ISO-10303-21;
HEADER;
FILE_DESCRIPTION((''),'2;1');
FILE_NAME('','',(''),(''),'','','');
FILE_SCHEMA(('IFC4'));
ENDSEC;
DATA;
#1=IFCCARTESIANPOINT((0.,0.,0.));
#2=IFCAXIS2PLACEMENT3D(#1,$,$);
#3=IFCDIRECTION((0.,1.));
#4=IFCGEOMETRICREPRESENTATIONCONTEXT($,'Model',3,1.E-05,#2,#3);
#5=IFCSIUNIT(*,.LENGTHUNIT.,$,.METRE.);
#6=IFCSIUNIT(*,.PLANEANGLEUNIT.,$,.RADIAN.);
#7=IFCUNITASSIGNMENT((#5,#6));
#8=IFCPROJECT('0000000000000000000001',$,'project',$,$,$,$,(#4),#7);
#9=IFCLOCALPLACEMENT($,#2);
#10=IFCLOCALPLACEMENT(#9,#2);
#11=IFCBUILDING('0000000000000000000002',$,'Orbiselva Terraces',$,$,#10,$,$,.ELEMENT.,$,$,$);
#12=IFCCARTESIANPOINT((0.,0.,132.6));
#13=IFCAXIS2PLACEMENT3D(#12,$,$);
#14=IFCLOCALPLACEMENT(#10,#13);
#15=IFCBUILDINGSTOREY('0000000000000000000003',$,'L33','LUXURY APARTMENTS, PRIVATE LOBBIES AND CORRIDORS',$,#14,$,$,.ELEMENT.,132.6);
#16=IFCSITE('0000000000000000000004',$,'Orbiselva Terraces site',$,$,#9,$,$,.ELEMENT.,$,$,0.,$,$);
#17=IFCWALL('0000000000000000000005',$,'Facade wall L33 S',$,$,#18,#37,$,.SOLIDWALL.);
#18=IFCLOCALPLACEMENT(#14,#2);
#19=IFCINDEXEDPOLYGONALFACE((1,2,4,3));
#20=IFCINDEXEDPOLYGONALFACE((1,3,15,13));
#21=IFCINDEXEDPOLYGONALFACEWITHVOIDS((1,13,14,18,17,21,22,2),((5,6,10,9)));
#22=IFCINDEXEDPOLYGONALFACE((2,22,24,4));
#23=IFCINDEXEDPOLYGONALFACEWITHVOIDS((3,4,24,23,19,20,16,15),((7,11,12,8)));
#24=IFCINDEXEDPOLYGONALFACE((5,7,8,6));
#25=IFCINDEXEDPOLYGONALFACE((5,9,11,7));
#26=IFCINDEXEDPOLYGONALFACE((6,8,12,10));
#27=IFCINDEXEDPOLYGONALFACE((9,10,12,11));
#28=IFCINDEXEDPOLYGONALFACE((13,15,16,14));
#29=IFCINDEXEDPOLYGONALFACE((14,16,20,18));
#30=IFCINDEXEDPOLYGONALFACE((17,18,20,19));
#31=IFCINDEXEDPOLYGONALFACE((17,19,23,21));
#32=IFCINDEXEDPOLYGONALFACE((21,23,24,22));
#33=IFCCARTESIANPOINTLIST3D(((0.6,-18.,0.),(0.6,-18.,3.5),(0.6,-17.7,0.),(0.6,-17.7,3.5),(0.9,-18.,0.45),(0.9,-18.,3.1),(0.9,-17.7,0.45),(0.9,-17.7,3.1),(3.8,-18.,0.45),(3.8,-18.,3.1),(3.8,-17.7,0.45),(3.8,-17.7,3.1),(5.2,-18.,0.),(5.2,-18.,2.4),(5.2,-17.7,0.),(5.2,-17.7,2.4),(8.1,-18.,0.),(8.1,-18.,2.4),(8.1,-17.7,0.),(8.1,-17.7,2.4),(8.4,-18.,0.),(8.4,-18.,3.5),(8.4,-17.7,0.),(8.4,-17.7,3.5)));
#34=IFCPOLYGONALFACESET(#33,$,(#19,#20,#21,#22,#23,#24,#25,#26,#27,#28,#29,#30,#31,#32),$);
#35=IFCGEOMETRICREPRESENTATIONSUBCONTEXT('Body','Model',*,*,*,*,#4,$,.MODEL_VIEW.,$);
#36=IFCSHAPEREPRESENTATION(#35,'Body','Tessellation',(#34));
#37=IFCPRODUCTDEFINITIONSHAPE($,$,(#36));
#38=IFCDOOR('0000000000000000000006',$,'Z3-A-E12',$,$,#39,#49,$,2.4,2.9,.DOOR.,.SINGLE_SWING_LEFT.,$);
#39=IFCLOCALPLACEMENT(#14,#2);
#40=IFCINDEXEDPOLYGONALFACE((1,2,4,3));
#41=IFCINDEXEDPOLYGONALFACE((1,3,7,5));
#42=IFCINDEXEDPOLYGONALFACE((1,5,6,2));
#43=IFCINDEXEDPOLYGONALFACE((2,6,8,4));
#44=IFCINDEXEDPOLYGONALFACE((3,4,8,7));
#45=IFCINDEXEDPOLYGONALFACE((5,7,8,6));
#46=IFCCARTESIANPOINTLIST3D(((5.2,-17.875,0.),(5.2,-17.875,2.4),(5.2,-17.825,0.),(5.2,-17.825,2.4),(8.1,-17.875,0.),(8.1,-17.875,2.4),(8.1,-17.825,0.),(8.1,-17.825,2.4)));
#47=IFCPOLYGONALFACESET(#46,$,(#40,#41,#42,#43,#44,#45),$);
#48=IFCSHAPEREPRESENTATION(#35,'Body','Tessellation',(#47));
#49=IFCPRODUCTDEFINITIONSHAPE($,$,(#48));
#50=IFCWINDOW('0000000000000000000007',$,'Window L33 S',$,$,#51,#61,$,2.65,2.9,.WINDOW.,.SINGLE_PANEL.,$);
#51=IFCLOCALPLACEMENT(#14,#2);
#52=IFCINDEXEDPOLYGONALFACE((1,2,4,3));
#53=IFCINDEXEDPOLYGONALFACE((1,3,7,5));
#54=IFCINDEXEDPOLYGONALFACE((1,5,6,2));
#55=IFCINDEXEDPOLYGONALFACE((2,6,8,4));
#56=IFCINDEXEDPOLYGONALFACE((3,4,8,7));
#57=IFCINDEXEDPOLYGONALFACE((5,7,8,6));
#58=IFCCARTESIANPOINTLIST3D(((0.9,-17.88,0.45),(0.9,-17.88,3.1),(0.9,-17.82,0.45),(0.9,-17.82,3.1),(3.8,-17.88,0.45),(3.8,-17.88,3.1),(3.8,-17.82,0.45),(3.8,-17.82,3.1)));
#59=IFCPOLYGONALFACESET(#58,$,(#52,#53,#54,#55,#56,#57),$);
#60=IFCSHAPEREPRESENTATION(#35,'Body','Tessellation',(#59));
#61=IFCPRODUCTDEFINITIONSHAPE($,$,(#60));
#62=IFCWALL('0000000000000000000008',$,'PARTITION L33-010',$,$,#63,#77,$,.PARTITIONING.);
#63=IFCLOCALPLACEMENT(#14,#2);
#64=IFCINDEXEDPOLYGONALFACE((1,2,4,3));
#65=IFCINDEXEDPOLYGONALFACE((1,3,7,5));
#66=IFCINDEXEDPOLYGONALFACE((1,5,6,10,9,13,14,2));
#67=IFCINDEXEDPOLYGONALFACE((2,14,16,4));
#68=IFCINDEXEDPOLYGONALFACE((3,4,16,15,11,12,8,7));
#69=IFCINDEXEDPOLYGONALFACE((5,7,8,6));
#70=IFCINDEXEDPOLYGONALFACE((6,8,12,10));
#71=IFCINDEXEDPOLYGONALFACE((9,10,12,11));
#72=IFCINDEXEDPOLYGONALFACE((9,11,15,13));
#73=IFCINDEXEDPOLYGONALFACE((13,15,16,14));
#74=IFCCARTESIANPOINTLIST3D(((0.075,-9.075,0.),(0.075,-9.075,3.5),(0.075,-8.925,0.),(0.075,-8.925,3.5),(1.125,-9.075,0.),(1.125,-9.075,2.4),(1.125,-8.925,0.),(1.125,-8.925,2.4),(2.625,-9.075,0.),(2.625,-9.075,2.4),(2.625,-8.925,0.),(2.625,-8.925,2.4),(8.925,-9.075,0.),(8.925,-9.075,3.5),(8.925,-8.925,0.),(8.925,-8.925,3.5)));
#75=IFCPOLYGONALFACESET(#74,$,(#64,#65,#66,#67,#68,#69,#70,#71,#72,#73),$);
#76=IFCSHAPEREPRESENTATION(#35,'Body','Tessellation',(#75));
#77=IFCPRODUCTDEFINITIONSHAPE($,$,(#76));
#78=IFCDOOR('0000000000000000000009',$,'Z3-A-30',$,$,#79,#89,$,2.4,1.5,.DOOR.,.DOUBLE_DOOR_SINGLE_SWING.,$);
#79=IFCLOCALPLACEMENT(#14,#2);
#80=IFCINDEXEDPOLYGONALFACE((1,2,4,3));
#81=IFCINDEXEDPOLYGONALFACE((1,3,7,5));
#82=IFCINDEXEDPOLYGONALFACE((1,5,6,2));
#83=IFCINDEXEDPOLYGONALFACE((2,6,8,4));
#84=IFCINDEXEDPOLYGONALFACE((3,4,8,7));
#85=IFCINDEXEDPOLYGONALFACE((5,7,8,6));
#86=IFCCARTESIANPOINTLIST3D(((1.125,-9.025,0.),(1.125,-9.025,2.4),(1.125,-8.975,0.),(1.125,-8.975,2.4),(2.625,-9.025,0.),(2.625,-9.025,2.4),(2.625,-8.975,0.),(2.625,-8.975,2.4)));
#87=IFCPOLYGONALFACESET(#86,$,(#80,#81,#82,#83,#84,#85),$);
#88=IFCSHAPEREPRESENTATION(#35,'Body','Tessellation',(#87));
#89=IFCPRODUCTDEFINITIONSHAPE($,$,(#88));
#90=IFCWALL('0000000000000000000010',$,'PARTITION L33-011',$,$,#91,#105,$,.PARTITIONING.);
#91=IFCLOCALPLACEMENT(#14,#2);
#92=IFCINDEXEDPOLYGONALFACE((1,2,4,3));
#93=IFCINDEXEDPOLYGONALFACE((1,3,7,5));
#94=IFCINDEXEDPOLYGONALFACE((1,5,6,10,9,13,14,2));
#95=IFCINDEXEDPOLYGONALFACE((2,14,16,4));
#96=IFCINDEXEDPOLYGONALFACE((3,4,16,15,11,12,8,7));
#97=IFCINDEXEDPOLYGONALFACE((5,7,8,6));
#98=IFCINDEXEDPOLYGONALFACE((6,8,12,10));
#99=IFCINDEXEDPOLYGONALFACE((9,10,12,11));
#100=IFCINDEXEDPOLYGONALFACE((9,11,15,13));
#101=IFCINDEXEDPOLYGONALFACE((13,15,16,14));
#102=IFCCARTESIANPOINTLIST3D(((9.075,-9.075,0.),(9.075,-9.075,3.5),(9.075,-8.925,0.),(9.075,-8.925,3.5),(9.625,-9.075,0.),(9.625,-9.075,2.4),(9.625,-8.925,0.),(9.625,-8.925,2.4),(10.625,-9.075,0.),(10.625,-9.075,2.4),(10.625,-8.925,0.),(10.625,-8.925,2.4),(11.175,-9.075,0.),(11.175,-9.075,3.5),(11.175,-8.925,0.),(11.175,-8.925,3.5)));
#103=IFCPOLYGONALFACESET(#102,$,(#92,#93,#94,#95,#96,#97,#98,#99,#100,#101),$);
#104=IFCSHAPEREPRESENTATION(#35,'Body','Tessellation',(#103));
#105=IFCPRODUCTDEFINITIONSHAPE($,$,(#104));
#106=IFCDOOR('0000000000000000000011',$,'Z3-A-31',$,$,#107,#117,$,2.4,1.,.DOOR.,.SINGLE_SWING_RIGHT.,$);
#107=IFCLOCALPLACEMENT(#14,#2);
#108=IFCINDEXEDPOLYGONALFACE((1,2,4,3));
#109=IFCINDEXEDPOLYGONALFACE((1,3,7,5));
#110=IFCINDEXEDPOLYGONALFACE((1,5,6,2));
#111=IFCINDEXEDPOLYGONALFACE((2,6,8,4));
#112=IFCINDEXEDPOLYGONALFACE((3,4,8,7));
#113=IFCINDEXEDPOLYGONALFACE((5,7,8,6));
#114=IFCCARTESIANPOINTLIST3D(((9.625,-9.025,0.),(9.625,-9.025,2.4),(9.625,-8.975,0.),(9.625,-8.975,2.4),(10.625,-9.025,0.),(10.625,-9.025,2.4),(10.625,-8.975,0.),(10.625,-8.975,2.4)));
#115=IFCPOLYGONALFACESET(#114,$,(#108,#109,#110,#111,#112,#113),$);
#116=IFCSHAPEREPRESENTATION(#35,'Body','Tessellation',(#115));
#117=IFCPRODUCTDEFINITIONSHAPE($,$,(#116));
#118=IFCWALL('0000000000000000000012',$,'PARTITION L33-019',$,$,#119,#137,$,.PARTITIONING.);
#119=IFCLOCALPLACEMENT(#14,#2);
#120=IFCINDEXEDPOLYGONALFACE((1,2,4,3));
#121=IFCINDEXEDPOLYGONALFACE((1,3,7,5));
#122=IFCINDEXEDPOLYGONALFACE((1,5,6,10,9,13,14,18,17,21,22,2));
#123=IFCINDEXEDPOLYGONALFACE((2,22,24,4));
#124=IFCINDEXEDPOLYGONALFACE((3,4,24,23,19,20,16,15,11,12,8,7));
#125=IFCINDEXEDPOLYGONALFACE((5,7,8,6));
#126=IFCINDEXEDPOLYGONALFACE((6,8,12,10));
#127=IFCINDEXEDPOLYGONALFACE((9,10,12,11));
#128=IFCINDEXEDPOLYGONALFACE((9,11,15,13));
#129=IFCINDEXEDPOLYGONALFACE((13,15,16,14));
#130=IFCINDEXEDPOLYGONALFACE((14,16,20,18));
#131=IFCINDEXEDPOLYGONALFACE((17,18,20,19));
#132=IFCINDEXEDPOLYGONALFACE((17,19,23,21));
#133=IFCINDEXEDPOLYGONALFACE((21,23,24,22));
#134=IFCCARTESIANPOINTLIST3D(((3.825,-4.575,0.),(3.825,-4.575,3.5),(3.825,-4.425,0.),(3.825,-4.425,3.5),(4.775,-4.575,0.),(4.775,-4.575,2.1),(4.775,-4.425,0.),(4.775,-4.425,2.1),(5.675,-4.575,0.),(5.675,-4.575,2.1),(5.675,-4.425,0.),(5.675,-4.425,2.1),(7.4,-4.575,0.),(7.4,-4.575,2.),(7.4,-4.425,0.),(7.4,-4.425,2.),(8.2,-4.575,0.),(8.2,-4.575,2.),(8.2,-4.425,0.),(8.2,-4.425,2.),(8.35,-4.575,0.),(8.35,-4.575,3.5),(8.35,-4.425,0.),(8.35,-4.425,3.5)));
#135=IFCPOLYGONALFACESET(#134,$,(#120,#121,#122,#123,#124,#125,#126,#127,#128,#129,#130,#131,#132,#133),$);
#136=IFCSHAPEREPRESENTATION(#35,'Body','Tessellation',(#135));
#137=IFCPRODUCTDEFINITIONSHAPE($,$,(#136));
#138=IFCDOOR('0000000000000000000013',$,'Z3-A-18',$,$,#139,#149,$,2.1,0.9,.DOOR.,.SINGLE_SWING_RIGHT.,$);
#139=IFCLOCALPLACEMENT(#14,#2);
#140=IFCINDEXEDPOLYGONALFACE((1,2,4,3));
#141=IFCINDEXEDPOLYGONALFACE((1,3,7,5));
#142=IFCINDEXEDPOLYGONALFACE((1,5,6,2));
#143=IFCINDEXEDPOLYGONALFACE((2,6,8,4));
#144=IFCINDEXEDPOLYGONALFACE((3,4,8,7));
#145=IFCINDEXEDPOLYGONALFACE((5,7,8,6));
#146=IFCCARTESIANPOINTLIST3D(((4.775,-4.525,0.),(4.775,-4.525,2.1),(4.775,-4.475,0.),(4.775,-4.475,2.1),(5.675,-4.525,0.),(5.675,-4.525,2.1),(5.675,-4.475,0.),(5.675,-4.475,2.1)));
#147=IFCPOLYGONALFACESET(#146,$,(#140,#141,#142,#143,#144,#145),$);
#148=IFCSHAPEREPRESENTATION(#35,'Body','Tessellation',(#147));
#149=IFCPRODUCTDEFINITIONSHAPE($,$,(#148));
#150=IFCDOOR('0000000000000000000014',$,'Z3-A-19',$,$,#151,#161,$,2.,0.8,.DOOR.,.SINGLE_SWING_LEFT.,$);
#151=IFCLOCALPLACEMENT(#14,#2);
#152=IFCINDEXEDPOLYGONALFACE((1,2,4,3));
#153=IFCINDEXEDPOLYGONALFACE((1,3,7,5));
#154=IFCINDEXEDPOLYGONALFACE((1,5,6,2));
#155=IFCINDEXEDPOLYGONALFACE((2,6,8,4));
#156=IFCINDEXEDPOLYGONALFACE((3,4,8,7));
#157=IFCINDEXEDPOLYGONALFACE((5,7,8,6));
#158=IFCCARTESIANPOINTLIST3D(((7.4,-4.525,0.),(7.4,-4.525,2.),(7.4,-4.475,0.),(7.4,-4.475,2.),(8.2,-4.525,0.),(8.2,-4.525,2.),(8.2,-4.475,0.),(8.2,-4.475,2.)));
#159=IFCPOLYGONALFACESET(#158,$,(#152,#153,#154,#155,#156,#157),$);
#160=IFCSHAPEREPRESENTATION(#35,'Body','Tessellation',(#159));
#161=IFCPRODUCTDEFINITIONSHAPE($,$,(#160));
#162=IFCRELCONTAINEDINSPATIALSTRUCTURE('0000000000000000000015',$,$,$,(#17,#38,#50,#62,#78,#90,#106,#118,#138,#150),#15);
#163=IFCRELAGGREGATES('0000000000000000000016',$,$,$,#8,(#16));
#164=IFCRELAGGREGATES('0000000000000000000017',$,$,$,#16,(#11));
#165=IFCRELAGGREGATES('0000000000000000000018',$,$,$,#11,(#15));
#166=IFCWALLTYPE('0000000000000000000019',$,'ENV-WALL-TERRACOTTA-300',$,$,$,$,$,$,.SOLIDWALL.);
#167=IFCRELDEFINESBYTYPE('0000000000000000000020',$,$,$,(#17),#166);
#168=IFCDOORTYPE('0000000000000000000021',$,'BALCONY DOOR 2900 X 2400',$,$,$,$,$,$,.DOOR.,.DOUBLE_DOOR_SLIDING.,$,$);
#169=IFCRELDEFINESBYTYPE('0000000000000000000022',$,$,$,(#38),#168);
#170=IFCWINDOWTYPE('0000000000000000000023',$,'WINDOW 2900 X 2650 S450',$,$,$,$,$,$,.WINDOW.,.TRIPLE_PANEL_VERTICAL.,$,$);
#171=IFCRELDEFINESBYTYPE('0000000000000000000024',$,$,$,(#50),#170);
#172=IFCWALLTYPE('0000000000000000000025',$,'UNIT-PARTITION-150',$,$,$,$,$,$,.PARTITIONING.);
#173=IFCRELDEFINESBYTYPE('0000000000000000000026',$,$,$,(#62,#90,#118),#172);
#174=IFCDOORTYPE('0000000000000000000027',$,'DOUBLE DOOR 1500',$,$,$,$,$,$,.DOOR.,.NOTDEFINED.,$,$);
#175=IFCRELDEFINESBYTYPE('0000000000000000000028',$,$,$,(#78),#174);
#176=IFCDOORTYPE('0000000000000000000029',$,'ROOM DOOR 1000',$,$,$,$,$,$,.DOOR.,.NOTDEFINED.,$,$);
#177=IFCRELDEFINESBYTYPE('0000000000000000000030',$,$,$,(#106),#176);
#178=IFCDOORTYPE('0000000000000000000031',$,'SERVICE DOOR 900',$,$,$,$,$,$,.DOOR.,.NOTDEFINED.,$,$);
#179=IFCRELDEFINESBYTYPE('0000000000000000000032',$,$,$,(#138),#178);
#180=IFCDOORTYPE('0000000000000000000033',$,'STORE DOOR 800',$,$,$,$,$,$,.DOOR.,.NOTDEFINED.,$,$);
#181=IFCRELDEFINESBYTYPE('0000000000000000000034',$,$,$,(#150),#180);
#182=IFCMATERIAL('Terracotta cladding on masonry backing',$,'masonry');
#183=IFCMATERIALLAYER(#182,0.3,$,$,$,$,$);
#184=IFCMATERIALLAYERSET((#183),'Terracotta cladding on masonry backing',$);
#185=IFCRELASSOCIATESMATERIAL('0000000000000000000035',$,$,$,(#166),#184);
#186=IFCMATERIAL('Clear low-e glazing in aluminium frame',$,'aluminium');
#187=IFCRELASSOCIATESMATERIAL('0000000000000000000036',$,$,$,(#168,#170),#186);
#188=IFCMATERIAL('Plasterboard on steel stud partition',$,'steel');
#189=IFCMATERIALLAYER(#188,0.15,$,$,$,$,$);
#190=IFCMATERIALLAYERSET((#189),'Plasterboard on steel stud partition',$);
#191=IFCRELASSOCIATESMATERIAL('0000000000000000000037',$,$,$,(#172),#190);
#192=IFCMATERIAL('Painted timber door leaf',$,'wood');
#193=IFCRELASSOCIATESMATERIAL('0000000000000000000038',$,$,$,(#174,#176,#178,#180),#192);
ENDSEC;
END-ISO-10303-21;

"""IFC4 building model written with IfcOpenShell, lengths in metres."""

from ifc_helpers import new_model, si_unit, direction, frame, frame_2d, origin, place, context, subcontext, project, spatial, rectangle, extrude, material, layer, layer_set, type_object, element, fill, save


model = new_model("IFC4")

# Units and contexts
model_context = context("Model", 3, precision=1e-05, world=origin(), true_north=direction((0.0, 1.0)))
body_context = subcontext(model_context, "Body", "Model", "MODEL_VIEW")
ifc_project = project(units=[si_unit("LENGTHUNIT", "METRE"), si_unit("PLANEANGLEUNIT", "RADIAN")], contexts=[model_context])

# Site, building, storey
site_placement = place(None, origin())
site = spatial("IfcSite", under=ifc_project, at=site_placement, Name="Orbiselva Terraces site", CompositionType="ELEMENT", RefElevation=0.0)
building_placement = place(site_placement, origin())
building = spatial("IfcBuilding", under=site, at=building_placement, Name="Orbiselva Terraces", CompositionType="ELEMENT")
storey_placement = place(building_placement, frame((0.0, 0.0, 132.6)))
storey = spatial("IfcBuildingStorey", under=building, at=storey_placement, Name="L33", Description="LUXURY APARTMENTS, PRIVATE LOBBIES AND CORRIDORS", CompositionType="ELEMENT", Elevation=132.6)

# Wall, openings, door, window
ifc_material_1 = material(Name="Terracotta cladding on masonry backing", Category="masonry")
ifc_layer_1 = layer(ifc_material_1, 0.3)
ifc_layer_set_1 = layer_set([ifc_layer_1], Name="Terracotta cladding on masonry backing")
wall_type_1 = type_object("IfcWallType", Name="ENV-WALL-TERRACOTTA-300", PredefinedType="SOLIDWALL", material=ifc_layer_set_1)
wall_1_placement = place(storey_placement, frame((8.4, -17.85, 0.0), z_axis=(0.0, 0.0, 1.0), x_axis=(-1.0, 0.0, 0.0)))
wall_1 = element("IfcWall", 1, at=wall_1_placement, inside=storey, type_object=wall_type_1, Name="Facade wall L33 S", PredefinedType="SOLIDWALL", context=body_context, shape_type="SweptSolid", body=[
    extrude(rectangle(XDim=7.8, YDim=0.3, at=frame_2d((3.9, 0.0))), origin(), (0.0, 0.0, 1.0), 3.5),
])
opening_1_placement = place(wall_1_placement, frame((4.6, 0.0, 0.45)))
opening_1 = element("IfcOpeningElement", 2, at=opening_1_placement, cuts=wall_1, PredefinedType="OPENING", context=body_context, shape_type="SweptSolid", body=[
    extrude(rectangle(XDim=2.9, YDim=2.65, at=frame_2d((1.45, 1.325))), frame((0.0, 0.16, 0.0), z_axis=(0.0, -1.0, 0.0), x_axis=(1.0, 0.0, 0.0)), (0.0, 0.0, 1.0), 0.32),
])
opening_2_placement = place(wall_1_placement, frame((0.3, 0.0, 0.0)))
opening_2 = element("IfcOpeningElement", 3, at=opening_2_placement, cuts=wall_1, PredefinedType="OPENING", context=body_context, shape_type="SweptSolid", body=[
    extrude(rectangle(XDim=2.9, YDim=2.4, at=frame_2d((1.45, 1.2))), frame((0.0, 0.16, 0.0), z_axis=(0.0, -1.0, 0.0), x_axis=(1.0, 0.0, 0.0)), (0.0, 0.0, 1.0), 0.32),
])
ifc_material_2 = material(Name="Clear low-e glazing in aluminium frame", Category="aluminium")
door_type_1 = type_object("IfcDoorType", Name="BALCONY DOOR 2900 X 2400", OperationType="DOUBLE_DOOR_SLIDING", PredefinedType="DOOR", material=ifc_material_2)
door_1_placement = place(opening_2_placement, origin())
door_1 = element("IfcDoor", 4, at=door_1_placement, inside=storey, type_object=door_type_1, Name="Z3-A-E12", OperationType="SINGLE_SWING_LEFT", OverallHeight=2.4, OverallWidth=2.9, PredefinedType="DOOR", context=body_context, shape_type="SweptSolid", body=[
    extrude(rectangle(XDim=2.9, YDim=2.4, at=frame_2d((1.45, 1.2))), frame((0.0, 0.025, 0.0), z_axis=(0.0, -1.0, 0.0), x_axis=(1.0, 0.0, 0.0)), (0.0, 0.0, 1.0), 0.05),
])
fill(opening_2, door_1)
window_type = type_object("IfcWindowType", Name="WINDOW 2900 X 2650 S450", PartitioningType="TRIPLE_PANEL_VERTICAL", PredefinedType="WINDOW", material=ifc_material_2)
window_placement = place(opening_1_placement, origin())
window = element("IfcWindow", 5, at=window_placement, inside=storey, type_object=window_type, Name="Window L33 S", OverallHeight=2.65, OverallWidth=2.9, PartitioningType="SINGLE_PANEL", PredefinedType="WINDOW", context=body_context, shape_type="SweptSolid", body=[
    extrude(rectangle(XDim=2.9, YDim=2.65, at=frame_2d((1.45, 1.325))), frame((0.0, 0.03, 0.0), z_axis=(0.0, -1.0, 0.0), x_axis=(1.0, 0.0, 0.0)), (0.0, 0.0, 1.0), 0.06),
])
fill(opening_1, window)

# Walls, openings, doors
ifc_material_3 = material(Name="Plasterboard on steel stud partition", Category="steel")
ifc_layer_2 = layer(ifc_material_3, 0.15)
ifc_layer_set_2 = layer_set([ifc_layer_2], Name="Plasterboard on steel stud partition")
wall_type_2 = type_object("IfcWallType", Name="UNIT-PARTITION-150", PredefinedType="PARTITIONING", material=ifc_layer_set_2)
wall_2_placement = place(storey_placement, frame((8.925, -9.0, 0.0), z_axis=(0.0, 0.0, 1.0), x_axis=(-1.0, 0.0, 0.0)))
wall_2 = element("IfcWall", 6, at=wall_2_placement, inside=storey, type_object=wall_type_2, Name="PARTITION L33-010", PredefinedType="PARTITIONING", context=body_context, shape_type="SweptSolid", body=[
    extrude(rectangle(XDim=8.85, YDim=0.15, at=frame_2d((4.425, 0.0))), origin(), (0.0, 0.0, 1.0), 3.5),
])
opening_3_placement = place(wall_2_placement, frame((6.3, 0.0, 0.0)))
opening_3 = element("IfcOpeningElement", 7, at=opening_3_placement, cuts=wall_2, PredefinedType="OPENING", context=body_context, shape_type="SweptSolid", body=[
    extrude(rectangle(XDim=1.5, YDim=2.4, at=frame_2d((0.75, 1.2))), frame((0.0, 0.085, 0.0), z_axis=(0.0, -1.0, 0.0), x_axis=(1.0, 0.0, 0.0)), (0.0, 0.0, 1.0), 0.17),
])
ifc_material_4 = material(Name="Painted timber door leaf", Category="wood")
door_type_2 = type_object("IfcDoorType", Name="DOUBLE DOOR 1500", OperationType="NOTDEFINED", PredefinedType="DOOR", material=ifc_material_4)
door_2_placement = place(opening_3_placement, origin())
door_2 = element("IfcDoor", 8, at=door_2_placement, inside=storey, type_object=door_type_2, Name="Z3-A-30", OperationType="DOUBLE_DOOR_SINGLE_SWING", OverallHeight=2.4, OverallWidth=1.5, PredefinedType="DOOR", context=body_context, shape_type="SweptSolid", body=[
    extrude(rectangle(XDim=1.5, YDim=2.4, at=frame_2d((0.75, 1.2))), frame((0.0, 0.025, 0.0), z_axis=(0.0, -1.0, 0.0), x_axis=(1.0, 0.0, 0.0)), (0.0, 0.0, 1.0), 0.05),
])
fill(opening_3, door_2)
wall_3_placement = place(storey_placement, frame((11.175, -9.0, 0.0), z_axis=(0.0, 0.0, 1.0), x_axis=(-1.0, 0.0, 0.0)))
wall_3 = element("IfcWall", 9, at=wall_3_placement, inside=storey, type_object=wall_type_2, Name="PARTITION L33-011", PredefinedType="PARTITIONING", context=body_context, shape_type="SweptSolid", body=[
    extrude(rectangle(XDim=2.1, YDim=0.15, at=frame_2d((1.05, 0.0))), origin(), (0.0, 0.0, 1.0), 3.5),
])
opening_4_placement = place(wall_3_placement, frame((0.55, 0.0, 0.0)))
opening_4 = element("IfcOpeningElement", 10, at=opening_4_placement, cuts=wall_3, PredefinedType="OPENING", context=body_context, shape_type="SweptSolid", body=[
    extrude(rectangle(XDim=1.0, YDim=2.4, at=frame_2d((0.5, 1.2))), frame((0.0, 0.085, 0.0), z_axis=(0.0, -1.0, 0.0), x_axis=(1.0, 0.0, 0.0)), (0.0, 0.0, 1.0), 0.17),
])
door_type_3 = type_object("IfcDoorType", Name="ROOM DOOR 1000", OperationType="NOTDEFINED", PredefinedType="DOOR", material=ifc_material_4)
door_3_placement = place(opening_4_placement, origin())
door_3 = element("IfcDoor", 11, at=door_3_placement, inside=storey, type_object=door_type_3, Name="Z3-A-31", OperationType="SINGLE_SWING_RIGHT", OverallHeight=2.4, OverallWidth=1.0, PredefinedType="DOOR", context=body_context, shape_type="SweptSolid", body=[
    extrude(rectangle(XDim=1.0, YDim=2.4, at=frame_2d((0.5, 1.2))), frame((0.0, 0.025, 0.0), z_axis=(0.0, -1.0, 0.0), x_axis=(1.0, 0.0, 0.0)), (0.0, 0.0, 1.0), 0.05),
])
fill(opening_4, door_3)

# Wall, openings, doors
wall_4_placement = place(storey_placement, frame((8.35, -4.5, 0.0), z_axis=(0.0, 0.0, 1.0), x_axis=(-1.0, 0.0, 0.0)))
wall_4 = element("IfcWall", 12, at=wall_4_placement, inside=storey, type_object=wall_type_2, Name="PARTITION L33-019", PredefinedType="PARTITIONING", context=body_context, shape_type="SweptSolid", body=[
    extrude(rectangle(XDim=4.525, YDim=0.15, at=frame_2d((2.2625, 0.0))), origin(), (0.0, 0.0, 1.0), 3.5),
])
opening_5_placement = place(wall_4_placement, frame((2.675, 0.0, 0.0)))
opening_5 = element("IfcOpeningElement", 13, at=opening_5_placement, cuts=wall_4, PredefinedType="OPENING", context=body_context, shape_type="SweptSolid", body=[
    extrude(rectangle(XDim=0.9, YDim=2.1, at=frame_2d((0.45, 1.05))), frame((0.0, 0.085, 0.0), z_axis=(0.0, -1.0, 0.0), x_axis=(1.0, 0.0, 0.0)), (0.0, 0.0, 1.0), 0.17),
])
opening_6_placement = place(wall_4_placement, frame((0.15, 0.0, 0.0)))
opening_6 = element("IfcOpeningElement", 14, at=opening_6_placement, cuts=wall_4, PredefinedType="OPENING", context=body_context, shape_type="SweptSolid", body=[
    extrude(rectangle(XDim=0.8, YDim=2.0, at=frame_2d((0.4, 1.0))), frame((0.0, 0.085, 0.0), z_axis=(0.0, -1.0, 0.0), x_axis=(1.0, 0.0, 0.0)), (0.0, 0.0, 1.0), 0.17),
])
door_type_4 = type_object("IfcDoorType", Name="SERVICE DOOR 900", OperationType="NOTDEFINED", PredefinedType="DOOR", material=ifc_material_4)
door_4_placement = place(opening_5_placement, origin())
door_4 = element("IfcDoor", 15, at=door_4_placement, inside=storey, type_object=door_type_4, Name="Z3-A-18", OperationType="SINGLE_SWING_RIGHT", OverallHeight=2.1, OverallWidth=0.9, PredefinedType="DOOR", context=body_context, shape_type="SweptSolid", body=[
    extrude(rectangle(XDim=0.9, YDim=2.1, at=frame_2d((0.45, 1.05))), frame((0.0, 0.025, 0.0), z_axis=(0.0, -1.0, 0.0), x_axis=(1.0, 0.0, 0.0)), (0.0, 0.0, 1.0), 0.05),
])
fill(opening_5, door_4)
door_type_5 = type_object("IfcDoorType", Name="STORE DOOR 800", OperationType="NOTDEFINED", PredefinedType="DOOR", material=ifc_material_4)
door_5_placement = place(opening_6_placement, origin())
door_5 = element("IfcDoor", 16, at=door_5_placement, inside=storey, type_object=door_type_5, Name="Z3-A-19", OperationType="SINGLE_SWING_LEFT", OverallHeight=2.0, OverallWidth=0.8, PredefinedType="DOOR", context=body_context, shape_type="SweptSolid", body=[
    extrude(rectangle(XDim=0.8, YDim=2.0, at=frame_2d((0.4, 1.0))), frame((0.0, 0.025, 0.0), z_axis=(0.0, -1.0, 0.0), x_axis=(1.0, 0.0, 0.0)), (0.0, 0.0, 1.0), 0.05),
])
fill(opening_6, door_5)

save(model, "model.ifc")
